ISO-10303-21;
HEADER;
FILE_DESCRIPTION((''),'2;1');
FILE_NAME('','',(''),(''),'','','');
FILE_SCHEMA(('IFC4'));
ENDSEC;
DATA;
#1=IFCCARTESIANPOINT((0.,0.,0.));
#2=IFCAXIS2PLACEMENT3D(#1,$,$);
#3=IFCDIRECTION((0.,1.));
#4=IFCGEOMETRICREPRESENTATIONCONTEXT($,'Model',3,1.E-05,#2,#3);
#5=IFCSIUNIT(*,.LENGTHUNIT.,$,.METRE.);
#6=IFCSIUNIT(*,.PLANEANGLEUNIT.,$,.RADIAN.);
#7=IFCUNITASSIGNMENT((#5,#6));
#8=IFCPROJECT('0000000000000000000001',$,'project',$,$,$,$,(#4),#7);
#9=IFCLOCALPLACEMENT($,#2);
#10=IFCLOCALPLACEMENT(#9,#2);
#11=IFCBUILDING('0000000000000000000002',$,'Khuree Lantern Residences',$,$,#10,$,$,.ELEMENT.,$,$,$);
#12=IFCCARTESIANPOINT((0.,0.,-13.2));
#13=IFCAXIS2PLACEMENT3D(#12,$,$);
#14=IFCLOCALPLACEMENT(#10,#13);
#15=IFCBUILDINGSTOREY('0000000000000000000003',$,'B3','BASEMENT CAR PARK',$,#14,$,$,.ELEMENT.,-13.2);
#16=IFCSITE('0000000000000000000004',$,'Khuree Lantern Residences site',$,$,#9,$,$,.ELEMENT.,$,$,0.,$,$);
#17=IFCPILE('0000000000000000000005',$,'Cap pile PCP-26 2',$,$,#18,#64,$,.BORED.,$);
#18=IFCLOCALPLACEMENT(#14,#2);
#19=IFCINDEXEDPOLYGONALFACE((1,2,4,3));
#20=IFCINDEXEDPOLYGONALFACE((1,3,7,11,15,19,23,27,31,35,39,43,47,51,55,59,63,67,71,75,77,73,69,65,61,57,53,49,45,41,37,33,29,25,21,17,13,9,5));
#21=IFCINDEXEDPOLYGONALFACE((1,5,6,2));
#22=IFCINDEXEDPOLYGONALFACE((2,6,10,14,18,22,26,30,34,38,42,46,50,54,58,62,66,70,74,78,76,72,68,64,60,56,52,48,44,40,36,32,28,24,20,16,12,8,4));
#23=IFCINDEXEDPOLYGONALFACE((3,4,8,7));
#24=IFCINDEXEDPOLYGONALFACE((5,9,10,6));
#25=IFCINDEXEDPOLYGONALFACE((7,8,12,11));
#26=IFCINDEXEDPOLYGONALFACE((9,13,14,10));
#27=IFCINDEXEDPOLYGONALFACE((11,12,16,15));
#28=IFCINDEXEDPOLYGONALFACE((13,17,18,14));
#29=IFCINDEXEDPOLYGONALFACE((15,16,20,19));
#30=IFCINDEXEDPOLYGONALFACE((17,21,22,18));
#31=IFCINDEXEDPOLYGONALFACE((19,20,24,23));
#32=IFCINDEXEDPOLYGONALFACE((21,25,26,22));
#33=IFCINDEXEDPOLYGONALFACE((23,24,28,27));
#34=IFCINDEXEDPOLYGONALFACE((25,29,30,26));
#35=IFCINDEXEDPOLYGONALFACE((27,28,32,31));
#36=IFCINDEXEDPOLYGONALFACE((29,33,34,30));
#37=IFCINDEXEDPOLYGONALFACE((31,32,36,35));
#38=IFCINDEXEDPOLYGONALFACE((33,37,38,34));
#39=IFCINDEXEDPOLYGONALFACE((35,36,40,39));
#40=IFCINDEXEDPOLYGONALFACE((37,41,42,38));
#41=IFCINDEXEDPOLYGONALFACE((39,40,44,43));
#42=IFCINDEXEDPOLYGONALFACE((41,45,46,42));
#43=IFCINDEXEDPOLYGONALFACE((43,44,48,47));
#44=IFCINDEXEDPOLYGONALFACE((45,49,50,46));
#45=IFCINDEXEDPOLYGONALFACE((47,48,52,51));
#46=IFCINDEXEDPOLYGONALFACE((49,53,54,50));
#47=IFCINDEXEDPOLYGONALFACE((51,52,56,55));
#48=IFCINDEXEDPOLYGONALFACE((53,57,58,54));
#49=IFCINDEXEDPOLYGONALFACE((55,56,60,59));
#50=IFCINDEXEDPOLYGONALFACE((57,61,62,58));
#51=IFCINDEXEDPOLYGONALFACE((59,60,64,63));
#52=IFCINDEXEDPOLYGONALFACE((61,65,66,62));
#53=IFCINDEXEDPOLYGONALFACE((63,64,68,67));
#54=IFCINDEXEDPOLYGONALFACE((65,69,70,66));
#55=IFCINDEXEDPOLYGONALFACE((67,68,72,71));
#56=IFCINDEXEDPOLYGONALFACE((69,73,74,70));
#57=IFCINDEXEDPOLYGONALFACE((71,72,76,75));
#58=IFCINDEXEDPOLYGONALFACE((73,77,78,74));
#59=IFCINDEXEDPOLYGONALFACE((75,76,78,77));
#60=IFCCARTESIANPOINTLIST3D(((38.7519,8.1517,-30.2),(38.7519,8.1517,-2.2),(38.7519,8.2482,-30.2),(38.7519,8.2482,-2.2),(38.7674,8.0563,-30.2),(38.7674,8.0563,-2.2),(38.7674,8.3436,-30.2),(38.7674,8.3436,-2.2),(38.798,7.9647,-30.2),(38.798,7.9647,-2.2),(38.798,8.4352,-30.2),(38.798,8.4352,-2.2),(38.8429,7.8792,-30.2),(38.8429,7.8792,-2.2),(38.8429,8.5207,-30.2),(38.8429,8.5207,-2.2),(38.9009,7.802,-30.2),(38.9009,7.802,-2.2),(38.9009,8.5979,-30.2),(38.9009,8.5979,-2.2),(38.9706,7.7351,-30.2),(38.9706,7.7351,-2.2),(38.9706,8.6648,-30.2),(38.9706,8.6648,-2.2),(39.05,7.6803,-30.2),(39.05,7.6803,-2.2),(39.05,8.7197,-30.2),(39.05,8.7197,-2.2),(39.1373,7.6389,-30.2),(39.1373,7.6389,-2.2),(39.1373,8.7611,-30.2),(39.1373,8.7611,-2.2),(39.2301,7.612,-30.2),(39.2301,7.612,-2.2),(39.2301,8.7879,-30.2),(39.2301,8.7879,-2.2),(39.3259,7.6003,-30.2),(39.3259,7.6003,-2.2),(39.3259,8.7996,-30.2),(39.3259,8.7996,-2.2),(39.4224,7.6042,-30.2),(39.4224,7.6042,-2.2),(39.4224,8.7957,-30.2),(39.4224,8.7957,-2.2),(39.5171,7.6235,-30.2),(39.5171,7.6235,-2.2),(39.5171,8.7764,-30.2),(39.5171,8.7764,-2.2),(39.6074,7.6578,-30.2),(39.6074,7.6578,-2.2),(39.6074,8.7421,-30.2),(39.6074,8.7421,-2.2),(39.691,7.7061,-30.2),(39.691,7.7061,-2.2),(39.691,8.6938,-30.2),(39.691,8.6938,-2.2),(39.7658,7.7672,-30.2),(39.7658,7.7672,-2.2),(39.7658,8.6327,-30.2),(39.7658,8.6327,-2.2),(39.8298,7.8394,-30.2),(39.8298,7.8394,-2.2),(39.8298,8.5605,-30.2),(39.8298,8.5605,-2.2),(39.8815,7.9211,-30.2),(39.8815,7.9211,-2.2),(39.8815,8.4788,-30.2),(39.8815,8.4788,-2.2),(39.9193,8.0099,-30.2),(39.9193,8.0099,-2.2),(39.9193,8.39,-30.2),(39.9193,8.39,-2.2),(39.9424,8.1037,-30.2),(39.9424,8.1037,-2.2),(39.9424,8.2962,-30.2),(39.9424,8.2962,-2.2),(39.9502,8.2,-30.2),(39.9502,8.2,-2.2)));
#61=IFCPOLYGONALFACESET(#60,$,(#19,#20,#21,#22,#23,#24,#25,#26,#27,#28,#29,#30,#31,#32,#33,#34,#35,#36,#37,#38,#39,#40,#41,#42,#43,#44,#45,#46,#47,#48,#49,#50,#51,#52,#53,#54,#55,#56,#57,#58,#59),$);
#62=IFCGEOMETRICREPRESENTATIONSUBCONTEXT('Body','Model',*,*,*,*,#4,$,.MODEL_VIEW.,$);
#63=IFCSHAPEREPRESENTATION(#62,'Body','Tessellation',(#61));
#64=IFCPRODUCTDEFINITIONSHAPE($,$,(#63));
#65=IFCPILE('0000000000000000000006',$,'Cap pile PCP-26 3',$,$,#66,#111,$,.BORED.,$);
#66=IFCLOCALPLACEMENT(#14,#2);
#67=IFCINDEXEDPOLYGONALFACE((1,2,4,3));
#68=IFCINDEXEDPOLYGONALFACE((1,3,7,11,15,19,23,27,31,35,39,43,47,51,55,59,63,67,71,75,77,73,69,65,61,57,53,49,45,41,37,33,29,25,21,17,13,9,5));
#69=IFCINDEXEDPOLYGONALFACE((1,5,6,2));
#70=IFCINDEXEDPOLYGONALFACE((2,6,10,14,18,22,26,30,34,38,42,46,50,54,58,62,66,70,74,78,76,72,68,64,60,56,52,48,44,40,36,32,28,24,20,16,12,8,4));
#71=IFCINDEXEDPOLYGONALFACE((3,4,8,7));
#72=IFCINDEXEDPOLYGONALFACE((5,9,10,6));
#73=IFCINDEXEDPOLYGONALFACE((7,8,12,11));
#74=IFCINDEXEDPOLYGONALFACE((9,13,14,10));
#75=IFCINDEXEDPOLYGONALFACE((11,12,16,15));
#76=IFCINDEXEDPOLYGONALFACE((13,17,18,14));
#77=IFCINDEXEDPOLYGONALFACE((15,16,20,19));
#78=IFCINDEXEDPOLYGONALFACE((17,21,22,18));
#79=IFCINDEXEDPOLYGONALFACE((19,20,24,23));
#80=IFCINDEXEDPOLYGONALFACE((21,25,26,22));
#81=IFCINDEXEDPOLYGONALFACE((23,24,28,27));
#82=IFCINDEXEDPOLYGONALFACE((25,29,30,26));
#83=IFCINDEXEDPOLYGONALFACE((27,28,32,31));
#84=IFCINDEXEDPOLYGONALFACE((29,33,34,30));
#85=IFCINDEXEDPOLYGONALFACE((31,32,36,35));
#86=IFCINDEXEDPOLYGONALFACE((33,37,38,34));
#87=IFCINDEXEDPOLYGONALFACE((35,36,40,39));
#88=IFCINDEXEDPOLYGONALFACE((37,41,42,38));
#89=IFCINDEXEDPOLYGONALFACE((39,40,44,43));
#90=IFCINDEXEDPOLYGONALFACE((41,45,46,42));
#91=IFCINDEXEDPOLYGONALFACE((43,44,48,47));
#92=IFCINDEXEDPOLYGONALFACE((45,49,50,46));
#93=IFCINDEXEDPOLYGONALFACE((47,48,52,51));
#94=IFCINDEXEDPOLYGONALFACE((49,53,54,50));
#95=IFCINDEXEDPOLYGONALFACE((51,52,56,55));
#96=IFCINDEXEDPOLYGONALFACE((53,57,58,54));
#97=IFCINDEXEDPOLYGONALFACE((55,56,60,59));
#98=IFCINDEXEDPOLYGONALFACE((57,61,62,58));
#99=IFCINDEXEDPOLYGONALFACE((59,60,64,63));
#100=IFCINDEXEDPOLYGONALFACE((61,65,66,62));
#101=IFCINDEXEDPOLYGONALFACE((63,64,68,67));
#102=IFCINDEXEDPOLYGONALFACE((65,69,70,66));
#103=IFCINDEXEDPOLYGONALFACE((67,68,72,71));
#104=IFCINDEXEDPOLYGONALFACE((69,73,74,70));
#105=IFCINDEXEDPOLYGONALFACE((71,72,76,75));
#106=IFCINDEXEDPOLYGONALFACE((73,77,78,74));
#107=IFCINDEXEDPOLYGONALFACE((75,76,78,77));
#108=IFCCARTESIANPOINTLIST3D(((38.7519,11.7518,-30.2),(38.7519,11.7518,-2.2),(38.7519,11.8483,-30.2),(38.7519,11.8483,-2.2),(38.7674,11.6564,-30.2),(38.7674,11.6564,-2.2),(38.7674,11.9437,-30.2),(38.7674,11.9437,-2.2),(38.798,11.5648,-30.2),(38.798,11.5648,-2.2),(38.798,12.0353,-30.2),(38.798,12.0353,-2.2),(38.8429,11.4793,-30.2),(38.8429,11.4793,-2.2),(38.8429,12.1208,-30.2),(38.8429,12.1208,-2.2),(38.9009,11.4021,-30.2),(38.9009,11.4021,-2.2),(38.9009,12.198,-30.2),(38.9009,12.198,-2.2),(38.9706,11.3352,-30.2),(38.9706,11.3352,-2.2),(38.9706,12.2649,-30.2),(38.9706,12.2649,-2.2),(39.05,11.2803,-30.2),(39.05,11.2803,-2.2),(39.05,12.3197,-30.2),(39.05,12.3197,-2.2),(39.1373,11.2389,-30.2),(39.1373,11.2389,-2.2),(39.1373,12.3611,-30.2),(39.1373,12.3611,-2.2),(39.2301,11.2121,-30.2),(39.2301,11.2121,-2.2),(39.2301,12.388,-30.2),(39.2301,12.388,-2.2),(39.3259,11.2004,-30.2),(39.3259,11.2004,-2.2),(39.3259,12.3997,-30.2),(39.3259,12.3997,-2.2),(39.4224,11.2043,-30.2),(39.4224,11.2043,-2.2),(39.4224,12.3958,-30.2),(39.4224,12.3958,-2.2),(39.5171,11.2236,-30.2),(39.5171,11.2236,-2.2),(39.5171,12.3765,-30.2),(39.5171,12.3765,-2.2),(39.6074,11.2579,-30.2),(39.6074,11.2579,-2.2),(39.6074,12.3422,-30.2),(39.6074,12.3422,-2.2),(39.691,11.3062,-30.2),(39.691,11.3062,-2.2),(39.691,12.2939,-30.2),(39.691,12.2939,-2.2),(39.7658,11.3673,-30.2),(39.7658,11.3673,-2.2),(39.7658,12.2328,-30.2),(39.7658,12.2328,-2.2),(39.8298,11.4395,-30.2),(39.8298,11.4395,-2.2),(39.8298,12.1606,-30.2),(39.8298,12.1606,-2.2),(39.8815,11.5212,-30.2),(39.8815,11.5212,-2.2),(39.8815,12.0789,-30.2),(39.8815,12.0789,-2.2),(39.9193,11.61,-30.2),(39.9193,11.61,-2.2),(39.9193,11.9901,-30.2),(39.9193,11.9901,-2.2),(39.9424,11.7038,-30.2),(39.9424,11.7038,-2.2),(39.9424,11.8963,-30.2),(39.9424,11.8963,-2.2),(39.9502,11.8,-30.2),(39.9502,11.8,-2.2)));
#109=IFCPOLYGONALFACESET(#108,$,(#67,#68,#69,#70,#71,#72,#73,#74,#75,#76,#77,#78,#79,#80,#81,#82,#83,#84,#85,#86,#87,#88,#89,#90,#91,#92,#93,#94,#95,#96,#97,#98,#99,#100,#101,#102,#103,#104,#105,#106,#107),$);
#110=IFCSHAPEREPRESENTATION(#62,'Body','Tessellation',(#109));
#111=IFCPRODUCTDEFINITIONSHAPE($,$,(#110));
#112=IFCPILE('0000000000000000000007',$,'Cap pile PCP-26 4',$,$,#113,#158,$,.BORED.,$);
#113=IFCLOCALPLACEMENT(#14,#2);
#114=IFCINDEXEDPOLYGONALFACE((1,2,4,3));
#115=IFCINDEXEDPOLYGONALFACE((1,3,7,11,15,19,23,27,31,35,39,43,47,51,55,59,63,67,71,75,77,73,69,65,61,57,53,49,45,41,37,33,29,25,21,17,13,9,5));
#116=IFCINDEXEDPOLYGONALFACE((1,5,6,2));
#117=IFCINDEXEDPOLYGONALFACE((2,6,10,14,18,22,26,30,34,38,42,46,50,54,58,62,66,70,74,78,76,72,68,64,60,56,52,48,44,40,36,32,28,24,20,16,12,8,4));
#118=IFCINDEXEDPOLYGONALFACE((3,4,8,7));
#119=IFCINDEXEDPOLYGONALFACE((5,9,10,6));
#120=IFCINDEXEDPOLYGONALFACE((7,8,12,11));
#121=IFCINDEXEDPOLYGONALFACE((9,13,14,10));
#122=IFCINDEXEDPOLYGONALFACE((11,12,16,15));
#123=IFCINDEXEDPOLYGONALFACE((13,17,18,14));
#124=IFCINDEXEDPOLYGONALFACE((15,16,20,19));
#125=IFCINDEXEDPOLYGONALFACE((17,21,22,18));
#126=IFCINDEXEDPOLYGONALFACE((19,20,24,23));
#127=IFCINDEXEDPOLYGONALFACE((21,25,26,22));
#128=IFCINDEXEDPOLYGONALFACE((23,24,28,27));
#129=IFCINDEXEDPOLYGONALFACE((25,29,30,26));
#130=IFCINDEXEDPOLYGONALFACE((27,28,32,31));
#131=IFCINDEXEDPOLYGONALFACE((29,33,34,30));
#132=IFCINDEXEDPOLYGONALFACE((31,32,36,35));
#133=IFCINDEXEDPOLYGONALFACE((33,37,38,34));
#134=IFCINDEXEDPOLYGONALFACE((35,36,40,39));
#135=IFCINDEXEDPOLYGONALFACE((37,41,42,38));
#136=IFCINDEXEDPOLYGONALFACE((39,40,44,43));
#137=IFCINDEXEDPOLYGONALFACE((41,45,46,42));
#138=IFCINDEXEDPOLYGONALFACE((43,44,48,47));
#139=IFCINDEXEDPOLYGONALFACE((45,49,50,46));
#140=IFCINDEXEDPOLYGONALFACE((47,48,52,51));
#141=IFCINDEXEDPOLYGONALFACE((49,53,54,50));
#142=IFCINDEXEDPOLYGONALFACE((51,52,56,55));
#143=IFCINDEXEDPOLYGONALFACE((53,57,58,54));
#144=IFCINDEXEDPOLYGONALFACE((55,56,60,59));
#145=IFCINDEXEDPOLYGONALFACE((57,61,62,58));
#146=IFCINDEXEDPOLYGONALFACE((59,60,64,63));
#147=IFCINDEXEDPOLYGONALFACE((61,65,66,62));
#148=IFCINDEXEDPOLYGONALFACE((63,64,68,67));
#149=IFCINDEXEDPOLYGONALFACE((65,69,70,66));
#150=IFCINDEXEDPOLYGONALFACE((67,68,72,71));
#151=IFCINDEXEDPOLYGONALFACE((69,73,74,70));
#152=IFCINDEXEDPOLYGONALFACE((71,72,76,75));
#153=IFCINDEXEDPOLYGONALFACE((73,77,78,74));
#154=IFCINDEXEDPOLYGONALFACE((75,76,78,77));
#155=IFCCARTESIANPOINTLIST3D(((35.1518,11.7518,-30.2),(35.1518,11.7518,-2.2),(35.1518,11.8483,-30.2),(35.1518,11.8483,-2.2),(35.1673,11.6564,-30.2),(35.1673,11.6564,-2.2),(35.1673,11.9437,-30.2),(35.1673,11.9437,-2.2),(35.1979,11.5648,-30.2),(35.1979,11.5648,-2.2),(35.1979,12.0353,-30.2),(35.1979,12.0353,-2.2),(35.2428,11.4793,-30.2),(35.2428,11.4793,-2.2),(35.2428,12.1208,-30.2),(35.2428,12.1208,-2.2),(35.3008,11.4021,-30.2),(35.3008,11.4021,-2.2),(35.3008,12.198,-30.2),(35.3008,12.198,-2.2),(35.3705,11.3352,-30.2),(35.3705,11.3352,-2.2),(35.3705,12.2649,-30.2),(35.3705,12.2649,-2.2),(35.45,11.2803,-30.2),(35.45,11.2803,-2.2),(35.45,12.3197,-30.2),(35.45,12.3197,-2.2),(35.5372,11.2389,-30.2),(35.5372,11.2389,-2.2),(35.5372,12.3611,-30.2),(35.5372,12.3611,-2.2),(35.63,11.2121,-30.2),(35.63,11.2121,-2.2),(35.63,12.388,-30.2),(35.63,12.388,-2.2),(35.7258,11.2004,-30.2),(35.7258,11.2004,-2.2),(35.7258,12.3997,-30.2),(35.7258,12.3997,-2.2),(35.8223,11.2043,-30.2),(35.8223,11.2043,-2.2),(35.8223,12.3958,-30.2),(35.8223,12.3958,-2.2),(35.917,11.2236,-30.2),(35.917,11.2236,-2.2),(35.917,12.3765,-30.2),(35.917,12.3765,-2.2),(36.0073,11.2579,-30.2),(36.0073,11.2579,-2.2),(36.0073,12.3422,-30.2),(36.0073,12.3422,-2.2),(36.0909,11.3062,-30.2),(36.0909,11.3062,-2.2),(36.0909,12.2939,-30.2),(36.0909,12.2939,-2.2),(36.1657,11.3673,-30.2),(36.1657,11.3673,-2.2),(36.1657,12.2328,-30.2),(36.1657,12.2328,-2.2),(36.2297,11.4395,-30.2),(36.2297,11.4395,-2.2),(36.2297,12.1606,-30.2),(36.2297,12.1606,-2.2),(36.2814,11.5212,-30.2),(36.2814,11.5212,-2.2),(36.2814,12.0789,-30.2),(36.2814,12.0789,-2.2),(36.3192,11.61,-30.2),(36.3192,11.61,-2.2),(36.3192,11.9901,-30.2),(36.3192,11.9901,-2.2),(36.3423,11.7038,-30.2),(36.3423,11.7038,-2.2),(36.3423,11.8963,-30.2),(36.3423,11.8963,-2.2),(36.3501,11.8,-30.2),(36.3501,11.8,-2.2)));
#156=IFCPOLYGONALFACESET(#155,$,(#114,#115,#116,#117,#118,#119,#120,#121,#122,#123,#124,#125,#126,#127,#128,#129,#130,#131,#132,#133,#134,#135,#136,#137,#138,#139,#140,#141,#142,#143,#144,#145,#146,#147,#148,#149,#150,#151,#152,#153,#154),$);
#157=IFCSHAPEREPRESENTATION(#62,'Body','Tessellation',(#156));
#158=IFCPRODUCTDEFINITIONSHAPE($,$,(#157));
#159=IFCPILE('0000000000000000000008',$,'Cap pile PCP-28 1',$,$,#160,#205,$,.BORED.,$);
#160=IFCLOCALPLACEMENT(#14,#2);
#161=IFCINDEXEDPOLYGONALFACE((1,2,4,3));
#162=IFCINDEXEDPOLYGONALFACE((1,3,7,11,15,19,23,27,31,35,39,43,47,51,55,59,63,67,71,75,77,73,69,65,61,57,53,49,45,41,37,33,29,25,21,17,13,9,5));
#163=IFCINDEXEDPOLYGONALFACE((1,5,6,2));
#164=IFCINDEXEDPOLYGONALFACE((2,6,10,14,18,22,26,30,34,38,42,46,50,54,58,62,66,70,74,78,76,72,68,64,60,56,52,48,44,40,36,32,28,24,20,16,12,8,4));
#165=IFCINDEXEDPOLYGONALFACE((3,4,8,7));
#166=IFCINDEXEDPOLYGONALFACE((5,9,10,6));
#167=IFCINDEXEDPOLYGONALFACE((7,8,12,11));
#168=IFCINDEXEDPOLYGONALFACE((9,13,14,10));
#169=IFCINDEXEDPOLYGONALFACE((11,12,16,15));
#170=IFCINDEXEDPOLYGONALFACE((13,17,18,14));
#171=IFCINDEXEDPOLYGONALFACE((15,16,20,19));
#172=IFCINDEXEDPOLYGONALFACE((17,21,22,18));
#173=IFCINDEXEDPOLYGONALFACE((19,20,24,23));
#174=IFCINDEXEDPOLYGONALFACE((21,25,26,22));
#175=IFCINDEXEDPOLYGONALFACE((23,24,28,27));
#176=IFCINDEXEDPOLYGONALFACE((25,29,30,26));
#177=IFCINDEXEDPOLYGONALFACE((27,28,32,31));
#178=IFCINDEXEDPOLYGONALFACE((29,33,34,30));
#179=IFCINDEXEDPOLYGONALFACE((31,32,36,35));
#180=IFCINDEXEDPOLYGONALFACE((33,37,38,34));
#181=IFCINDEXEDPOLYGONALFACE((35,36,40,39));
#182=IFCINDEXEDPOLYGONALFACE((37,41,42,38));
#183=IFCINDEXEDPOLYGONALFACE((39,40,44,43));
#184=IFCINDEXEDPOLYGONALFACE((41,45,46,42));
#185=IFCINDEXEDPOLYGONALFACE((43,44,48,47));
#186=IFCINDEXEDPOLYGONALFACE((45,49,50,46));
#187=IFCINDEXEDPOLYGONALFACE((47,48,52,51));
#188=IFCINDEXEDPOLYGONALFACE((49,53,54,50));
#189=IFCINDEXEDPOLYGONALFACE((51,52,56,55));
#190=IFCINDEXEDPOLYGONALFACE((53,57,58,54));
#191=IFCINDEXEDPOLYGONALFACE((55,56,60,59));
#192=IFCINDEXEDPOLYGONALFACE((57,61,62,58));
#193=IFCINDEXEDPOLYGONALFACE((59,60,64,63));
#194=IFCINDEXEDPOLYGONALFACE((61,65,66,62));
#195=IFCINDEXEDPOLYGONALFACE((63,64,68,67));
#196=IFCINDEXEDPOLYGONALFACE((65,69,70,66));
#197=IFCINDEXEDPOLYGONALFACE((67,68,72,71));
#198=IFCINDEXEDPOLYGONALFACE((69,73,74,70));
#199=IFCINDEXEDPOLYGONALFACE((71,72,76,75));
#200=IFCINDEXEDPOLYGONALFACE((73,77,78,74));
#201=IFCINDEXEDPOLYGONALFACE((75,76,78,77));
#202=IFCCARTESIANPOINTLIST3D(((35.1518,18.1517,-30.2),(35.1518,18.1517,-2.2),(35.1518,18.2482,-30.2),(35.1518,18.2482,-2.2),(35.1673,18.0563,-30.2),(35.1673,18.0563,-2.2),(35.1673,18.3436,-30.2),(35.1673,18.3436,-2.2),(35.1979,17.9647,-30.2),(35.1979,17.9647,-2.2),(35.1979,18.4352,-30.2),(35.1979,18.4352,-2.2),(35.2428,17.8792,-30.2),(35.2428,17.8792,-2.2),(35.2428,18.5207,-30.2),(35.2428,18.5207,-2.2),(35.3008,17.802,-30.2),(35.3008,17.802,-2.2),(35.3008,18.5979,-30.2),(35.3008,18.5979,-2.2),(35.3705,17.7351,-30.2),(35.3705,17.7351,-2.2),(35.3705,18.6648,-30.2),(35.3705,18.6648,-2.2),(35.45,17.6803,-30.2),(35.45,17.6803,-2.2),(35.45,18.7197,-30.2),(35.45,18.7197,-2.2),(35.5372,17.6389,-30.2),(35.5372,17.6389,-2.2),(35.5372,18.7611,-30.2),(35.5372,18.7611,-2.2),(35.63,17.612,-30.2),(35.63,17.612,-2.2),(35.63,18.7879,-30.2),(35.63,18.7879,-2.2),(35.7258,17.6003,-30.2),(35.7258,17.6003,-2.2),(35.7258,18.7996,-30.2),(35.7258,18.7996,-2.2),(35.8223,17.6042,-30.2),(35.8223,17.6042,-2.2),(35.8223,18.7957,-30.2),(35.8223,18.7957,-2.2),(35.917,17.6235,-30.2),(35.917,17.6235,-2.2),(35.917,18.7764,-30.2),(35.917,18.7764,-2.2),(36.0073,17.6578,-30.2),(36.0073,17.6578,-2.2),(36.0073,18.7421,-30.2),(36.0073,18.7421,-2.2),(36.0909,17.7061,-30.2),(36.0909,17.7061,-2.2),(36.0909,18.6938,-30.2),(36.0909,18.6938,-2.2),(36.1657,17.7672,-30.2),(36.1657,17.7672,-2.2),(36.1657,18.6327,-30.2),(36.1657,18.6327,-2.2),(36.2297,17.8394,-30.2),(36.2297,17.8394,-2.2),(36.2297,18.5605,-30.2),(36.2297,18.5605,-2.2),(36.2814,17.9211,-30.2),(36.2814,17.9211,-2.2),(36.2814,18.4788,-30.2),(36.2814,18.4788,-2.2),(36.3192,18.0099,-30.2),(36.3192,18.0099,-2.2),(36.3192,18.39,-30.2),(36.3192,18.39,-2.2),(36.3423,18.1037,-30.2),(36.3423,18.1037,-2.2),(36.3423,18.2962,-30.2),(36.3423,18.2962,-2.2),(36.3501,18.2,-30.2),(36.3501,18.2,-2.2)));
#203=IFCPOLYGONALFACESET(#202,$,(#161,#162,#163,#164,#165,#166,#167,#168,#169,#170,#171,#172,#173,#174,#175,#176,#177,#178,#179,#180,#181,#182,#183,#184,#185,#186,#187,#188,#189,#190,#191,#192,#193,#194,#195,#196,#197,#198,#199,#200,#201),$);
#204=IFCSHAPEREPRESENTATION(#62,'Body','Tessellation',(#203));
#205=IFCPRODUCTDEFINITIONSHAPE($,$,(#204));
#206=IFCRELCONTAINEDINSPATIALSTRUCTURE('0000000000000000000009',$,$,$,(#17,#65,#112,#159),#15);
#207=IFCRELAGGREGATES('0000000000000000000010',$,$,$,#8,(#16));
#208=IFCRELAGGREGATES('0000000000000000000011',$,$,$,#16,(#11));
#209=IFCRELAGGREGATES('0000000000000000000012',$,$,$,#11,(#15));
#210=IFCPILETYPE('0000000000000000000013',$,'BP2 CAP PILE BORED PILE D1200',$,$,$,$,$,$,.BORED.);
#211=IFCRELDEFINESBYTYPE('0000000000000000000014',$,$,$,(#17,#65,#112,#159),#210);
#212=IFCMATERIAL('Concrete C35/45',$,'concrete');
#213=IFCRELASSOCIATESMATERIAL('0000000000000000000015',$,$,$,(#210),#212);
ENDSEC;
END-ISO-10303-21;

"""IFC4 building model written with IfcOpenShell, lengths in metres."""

from ifc_helpers import new_model, si_unit, direction, frame, origin, origin_2d, place, context, subcontext, project, spatial, circle, extrude, material, material_profile, profile_set, type_object, element, save


model = new_model("IFC4")

# Units and contexts
model_context = context("Model", 3, precision=1e-05, world=origin(), true_north=direction((0.0, 1.0)))
body_context = subcontext(model_context, "Body", "Model", "MODEL_VIEW")
ifc_project = project(units=[si_unit("LENGTHUNIT", "METRE"), si_unit("PLANEANGLEUNIT", "RADIAN")], contexts=[model_context])

# Site, building, storey
site_placement = place(None, origin())
site = spatial("IfcSite", under=ifc_project, at=site_placement, Name="Khuree Lantern Residences site", CompositionType="ELEMENT", RefElevation=0.0)
building_placement = place(site_placement, origin())
building = spatial("IfcBuilding", under=site, at=building_placement, Name="Khuree Lantern Residences", CompositionType="ELEMENT")
storey_placement = place(building_placement, frame((0.0, 0.0, -13.2)))
storey = spatial("IfcBuildingStorey", under=building, at=storey_placement, Name="B3", Description="BASEMENT CAR PARK", CompositionType="ELEMENT", Elevation=-13.2)

# Piles
ifc_material_1 = material(Name="Concrete C35/45", Category="concrete")
ifc_material_profile_1 = material_profile(ifc_material_1, circle(Radius=0.6001, at=origin_2d()), Name="BORED PILE D1200")
ifc_profile_set_1 = profile_set([ifc_material_profile_1], Name="Concrete C35/45")
pile_type_1 = type_object("IfcPileType", Name="BP2 CAP PILE BORED PILE D1200", PredefinedType="BORED", material=ifc_profile_set_1)
for number, where, z_axis, x_axis, name in (
    (1, (39.3501, 8.2, -2.2), (0.0, 0.0, -1.0), (1.0, 0.0, 0.0), "Cap pile PCP-26 2"),
    (2, (39.3501, 11.8, -2.2), (0.0, 0.0, -1.0), (1.0, 0.0, 0.0), "Cap pile PCP-26 3"),
    (3, (35.75, 11.8, -2.2), (0.0, 0.0, -1.0), (1.0, 0.0, 0.0), "Cap pile PCP-26 4"),
    (4, (35.75, 18.2, -2.2), (0.0, 0.0, -1.0), (1.0, 0.0, 0.0), "Cap pile PCP-28 1"),
):
    element("IfcPile", number, at=place(storey_placement, frame(where, z_axis=z_axis, x_axis=x_axis)), inside=storey, type_object=pile_type_1, Name=name, PredefinedType="BORED", context=body_context, shape_type="SweptSolid", body=[
        extrude(circle(Radius=0.6001, at=origin_2d()), origin(), (0.0, 0.0, 1.0), 28.0),
    ])

save(model, "model.ifc")
